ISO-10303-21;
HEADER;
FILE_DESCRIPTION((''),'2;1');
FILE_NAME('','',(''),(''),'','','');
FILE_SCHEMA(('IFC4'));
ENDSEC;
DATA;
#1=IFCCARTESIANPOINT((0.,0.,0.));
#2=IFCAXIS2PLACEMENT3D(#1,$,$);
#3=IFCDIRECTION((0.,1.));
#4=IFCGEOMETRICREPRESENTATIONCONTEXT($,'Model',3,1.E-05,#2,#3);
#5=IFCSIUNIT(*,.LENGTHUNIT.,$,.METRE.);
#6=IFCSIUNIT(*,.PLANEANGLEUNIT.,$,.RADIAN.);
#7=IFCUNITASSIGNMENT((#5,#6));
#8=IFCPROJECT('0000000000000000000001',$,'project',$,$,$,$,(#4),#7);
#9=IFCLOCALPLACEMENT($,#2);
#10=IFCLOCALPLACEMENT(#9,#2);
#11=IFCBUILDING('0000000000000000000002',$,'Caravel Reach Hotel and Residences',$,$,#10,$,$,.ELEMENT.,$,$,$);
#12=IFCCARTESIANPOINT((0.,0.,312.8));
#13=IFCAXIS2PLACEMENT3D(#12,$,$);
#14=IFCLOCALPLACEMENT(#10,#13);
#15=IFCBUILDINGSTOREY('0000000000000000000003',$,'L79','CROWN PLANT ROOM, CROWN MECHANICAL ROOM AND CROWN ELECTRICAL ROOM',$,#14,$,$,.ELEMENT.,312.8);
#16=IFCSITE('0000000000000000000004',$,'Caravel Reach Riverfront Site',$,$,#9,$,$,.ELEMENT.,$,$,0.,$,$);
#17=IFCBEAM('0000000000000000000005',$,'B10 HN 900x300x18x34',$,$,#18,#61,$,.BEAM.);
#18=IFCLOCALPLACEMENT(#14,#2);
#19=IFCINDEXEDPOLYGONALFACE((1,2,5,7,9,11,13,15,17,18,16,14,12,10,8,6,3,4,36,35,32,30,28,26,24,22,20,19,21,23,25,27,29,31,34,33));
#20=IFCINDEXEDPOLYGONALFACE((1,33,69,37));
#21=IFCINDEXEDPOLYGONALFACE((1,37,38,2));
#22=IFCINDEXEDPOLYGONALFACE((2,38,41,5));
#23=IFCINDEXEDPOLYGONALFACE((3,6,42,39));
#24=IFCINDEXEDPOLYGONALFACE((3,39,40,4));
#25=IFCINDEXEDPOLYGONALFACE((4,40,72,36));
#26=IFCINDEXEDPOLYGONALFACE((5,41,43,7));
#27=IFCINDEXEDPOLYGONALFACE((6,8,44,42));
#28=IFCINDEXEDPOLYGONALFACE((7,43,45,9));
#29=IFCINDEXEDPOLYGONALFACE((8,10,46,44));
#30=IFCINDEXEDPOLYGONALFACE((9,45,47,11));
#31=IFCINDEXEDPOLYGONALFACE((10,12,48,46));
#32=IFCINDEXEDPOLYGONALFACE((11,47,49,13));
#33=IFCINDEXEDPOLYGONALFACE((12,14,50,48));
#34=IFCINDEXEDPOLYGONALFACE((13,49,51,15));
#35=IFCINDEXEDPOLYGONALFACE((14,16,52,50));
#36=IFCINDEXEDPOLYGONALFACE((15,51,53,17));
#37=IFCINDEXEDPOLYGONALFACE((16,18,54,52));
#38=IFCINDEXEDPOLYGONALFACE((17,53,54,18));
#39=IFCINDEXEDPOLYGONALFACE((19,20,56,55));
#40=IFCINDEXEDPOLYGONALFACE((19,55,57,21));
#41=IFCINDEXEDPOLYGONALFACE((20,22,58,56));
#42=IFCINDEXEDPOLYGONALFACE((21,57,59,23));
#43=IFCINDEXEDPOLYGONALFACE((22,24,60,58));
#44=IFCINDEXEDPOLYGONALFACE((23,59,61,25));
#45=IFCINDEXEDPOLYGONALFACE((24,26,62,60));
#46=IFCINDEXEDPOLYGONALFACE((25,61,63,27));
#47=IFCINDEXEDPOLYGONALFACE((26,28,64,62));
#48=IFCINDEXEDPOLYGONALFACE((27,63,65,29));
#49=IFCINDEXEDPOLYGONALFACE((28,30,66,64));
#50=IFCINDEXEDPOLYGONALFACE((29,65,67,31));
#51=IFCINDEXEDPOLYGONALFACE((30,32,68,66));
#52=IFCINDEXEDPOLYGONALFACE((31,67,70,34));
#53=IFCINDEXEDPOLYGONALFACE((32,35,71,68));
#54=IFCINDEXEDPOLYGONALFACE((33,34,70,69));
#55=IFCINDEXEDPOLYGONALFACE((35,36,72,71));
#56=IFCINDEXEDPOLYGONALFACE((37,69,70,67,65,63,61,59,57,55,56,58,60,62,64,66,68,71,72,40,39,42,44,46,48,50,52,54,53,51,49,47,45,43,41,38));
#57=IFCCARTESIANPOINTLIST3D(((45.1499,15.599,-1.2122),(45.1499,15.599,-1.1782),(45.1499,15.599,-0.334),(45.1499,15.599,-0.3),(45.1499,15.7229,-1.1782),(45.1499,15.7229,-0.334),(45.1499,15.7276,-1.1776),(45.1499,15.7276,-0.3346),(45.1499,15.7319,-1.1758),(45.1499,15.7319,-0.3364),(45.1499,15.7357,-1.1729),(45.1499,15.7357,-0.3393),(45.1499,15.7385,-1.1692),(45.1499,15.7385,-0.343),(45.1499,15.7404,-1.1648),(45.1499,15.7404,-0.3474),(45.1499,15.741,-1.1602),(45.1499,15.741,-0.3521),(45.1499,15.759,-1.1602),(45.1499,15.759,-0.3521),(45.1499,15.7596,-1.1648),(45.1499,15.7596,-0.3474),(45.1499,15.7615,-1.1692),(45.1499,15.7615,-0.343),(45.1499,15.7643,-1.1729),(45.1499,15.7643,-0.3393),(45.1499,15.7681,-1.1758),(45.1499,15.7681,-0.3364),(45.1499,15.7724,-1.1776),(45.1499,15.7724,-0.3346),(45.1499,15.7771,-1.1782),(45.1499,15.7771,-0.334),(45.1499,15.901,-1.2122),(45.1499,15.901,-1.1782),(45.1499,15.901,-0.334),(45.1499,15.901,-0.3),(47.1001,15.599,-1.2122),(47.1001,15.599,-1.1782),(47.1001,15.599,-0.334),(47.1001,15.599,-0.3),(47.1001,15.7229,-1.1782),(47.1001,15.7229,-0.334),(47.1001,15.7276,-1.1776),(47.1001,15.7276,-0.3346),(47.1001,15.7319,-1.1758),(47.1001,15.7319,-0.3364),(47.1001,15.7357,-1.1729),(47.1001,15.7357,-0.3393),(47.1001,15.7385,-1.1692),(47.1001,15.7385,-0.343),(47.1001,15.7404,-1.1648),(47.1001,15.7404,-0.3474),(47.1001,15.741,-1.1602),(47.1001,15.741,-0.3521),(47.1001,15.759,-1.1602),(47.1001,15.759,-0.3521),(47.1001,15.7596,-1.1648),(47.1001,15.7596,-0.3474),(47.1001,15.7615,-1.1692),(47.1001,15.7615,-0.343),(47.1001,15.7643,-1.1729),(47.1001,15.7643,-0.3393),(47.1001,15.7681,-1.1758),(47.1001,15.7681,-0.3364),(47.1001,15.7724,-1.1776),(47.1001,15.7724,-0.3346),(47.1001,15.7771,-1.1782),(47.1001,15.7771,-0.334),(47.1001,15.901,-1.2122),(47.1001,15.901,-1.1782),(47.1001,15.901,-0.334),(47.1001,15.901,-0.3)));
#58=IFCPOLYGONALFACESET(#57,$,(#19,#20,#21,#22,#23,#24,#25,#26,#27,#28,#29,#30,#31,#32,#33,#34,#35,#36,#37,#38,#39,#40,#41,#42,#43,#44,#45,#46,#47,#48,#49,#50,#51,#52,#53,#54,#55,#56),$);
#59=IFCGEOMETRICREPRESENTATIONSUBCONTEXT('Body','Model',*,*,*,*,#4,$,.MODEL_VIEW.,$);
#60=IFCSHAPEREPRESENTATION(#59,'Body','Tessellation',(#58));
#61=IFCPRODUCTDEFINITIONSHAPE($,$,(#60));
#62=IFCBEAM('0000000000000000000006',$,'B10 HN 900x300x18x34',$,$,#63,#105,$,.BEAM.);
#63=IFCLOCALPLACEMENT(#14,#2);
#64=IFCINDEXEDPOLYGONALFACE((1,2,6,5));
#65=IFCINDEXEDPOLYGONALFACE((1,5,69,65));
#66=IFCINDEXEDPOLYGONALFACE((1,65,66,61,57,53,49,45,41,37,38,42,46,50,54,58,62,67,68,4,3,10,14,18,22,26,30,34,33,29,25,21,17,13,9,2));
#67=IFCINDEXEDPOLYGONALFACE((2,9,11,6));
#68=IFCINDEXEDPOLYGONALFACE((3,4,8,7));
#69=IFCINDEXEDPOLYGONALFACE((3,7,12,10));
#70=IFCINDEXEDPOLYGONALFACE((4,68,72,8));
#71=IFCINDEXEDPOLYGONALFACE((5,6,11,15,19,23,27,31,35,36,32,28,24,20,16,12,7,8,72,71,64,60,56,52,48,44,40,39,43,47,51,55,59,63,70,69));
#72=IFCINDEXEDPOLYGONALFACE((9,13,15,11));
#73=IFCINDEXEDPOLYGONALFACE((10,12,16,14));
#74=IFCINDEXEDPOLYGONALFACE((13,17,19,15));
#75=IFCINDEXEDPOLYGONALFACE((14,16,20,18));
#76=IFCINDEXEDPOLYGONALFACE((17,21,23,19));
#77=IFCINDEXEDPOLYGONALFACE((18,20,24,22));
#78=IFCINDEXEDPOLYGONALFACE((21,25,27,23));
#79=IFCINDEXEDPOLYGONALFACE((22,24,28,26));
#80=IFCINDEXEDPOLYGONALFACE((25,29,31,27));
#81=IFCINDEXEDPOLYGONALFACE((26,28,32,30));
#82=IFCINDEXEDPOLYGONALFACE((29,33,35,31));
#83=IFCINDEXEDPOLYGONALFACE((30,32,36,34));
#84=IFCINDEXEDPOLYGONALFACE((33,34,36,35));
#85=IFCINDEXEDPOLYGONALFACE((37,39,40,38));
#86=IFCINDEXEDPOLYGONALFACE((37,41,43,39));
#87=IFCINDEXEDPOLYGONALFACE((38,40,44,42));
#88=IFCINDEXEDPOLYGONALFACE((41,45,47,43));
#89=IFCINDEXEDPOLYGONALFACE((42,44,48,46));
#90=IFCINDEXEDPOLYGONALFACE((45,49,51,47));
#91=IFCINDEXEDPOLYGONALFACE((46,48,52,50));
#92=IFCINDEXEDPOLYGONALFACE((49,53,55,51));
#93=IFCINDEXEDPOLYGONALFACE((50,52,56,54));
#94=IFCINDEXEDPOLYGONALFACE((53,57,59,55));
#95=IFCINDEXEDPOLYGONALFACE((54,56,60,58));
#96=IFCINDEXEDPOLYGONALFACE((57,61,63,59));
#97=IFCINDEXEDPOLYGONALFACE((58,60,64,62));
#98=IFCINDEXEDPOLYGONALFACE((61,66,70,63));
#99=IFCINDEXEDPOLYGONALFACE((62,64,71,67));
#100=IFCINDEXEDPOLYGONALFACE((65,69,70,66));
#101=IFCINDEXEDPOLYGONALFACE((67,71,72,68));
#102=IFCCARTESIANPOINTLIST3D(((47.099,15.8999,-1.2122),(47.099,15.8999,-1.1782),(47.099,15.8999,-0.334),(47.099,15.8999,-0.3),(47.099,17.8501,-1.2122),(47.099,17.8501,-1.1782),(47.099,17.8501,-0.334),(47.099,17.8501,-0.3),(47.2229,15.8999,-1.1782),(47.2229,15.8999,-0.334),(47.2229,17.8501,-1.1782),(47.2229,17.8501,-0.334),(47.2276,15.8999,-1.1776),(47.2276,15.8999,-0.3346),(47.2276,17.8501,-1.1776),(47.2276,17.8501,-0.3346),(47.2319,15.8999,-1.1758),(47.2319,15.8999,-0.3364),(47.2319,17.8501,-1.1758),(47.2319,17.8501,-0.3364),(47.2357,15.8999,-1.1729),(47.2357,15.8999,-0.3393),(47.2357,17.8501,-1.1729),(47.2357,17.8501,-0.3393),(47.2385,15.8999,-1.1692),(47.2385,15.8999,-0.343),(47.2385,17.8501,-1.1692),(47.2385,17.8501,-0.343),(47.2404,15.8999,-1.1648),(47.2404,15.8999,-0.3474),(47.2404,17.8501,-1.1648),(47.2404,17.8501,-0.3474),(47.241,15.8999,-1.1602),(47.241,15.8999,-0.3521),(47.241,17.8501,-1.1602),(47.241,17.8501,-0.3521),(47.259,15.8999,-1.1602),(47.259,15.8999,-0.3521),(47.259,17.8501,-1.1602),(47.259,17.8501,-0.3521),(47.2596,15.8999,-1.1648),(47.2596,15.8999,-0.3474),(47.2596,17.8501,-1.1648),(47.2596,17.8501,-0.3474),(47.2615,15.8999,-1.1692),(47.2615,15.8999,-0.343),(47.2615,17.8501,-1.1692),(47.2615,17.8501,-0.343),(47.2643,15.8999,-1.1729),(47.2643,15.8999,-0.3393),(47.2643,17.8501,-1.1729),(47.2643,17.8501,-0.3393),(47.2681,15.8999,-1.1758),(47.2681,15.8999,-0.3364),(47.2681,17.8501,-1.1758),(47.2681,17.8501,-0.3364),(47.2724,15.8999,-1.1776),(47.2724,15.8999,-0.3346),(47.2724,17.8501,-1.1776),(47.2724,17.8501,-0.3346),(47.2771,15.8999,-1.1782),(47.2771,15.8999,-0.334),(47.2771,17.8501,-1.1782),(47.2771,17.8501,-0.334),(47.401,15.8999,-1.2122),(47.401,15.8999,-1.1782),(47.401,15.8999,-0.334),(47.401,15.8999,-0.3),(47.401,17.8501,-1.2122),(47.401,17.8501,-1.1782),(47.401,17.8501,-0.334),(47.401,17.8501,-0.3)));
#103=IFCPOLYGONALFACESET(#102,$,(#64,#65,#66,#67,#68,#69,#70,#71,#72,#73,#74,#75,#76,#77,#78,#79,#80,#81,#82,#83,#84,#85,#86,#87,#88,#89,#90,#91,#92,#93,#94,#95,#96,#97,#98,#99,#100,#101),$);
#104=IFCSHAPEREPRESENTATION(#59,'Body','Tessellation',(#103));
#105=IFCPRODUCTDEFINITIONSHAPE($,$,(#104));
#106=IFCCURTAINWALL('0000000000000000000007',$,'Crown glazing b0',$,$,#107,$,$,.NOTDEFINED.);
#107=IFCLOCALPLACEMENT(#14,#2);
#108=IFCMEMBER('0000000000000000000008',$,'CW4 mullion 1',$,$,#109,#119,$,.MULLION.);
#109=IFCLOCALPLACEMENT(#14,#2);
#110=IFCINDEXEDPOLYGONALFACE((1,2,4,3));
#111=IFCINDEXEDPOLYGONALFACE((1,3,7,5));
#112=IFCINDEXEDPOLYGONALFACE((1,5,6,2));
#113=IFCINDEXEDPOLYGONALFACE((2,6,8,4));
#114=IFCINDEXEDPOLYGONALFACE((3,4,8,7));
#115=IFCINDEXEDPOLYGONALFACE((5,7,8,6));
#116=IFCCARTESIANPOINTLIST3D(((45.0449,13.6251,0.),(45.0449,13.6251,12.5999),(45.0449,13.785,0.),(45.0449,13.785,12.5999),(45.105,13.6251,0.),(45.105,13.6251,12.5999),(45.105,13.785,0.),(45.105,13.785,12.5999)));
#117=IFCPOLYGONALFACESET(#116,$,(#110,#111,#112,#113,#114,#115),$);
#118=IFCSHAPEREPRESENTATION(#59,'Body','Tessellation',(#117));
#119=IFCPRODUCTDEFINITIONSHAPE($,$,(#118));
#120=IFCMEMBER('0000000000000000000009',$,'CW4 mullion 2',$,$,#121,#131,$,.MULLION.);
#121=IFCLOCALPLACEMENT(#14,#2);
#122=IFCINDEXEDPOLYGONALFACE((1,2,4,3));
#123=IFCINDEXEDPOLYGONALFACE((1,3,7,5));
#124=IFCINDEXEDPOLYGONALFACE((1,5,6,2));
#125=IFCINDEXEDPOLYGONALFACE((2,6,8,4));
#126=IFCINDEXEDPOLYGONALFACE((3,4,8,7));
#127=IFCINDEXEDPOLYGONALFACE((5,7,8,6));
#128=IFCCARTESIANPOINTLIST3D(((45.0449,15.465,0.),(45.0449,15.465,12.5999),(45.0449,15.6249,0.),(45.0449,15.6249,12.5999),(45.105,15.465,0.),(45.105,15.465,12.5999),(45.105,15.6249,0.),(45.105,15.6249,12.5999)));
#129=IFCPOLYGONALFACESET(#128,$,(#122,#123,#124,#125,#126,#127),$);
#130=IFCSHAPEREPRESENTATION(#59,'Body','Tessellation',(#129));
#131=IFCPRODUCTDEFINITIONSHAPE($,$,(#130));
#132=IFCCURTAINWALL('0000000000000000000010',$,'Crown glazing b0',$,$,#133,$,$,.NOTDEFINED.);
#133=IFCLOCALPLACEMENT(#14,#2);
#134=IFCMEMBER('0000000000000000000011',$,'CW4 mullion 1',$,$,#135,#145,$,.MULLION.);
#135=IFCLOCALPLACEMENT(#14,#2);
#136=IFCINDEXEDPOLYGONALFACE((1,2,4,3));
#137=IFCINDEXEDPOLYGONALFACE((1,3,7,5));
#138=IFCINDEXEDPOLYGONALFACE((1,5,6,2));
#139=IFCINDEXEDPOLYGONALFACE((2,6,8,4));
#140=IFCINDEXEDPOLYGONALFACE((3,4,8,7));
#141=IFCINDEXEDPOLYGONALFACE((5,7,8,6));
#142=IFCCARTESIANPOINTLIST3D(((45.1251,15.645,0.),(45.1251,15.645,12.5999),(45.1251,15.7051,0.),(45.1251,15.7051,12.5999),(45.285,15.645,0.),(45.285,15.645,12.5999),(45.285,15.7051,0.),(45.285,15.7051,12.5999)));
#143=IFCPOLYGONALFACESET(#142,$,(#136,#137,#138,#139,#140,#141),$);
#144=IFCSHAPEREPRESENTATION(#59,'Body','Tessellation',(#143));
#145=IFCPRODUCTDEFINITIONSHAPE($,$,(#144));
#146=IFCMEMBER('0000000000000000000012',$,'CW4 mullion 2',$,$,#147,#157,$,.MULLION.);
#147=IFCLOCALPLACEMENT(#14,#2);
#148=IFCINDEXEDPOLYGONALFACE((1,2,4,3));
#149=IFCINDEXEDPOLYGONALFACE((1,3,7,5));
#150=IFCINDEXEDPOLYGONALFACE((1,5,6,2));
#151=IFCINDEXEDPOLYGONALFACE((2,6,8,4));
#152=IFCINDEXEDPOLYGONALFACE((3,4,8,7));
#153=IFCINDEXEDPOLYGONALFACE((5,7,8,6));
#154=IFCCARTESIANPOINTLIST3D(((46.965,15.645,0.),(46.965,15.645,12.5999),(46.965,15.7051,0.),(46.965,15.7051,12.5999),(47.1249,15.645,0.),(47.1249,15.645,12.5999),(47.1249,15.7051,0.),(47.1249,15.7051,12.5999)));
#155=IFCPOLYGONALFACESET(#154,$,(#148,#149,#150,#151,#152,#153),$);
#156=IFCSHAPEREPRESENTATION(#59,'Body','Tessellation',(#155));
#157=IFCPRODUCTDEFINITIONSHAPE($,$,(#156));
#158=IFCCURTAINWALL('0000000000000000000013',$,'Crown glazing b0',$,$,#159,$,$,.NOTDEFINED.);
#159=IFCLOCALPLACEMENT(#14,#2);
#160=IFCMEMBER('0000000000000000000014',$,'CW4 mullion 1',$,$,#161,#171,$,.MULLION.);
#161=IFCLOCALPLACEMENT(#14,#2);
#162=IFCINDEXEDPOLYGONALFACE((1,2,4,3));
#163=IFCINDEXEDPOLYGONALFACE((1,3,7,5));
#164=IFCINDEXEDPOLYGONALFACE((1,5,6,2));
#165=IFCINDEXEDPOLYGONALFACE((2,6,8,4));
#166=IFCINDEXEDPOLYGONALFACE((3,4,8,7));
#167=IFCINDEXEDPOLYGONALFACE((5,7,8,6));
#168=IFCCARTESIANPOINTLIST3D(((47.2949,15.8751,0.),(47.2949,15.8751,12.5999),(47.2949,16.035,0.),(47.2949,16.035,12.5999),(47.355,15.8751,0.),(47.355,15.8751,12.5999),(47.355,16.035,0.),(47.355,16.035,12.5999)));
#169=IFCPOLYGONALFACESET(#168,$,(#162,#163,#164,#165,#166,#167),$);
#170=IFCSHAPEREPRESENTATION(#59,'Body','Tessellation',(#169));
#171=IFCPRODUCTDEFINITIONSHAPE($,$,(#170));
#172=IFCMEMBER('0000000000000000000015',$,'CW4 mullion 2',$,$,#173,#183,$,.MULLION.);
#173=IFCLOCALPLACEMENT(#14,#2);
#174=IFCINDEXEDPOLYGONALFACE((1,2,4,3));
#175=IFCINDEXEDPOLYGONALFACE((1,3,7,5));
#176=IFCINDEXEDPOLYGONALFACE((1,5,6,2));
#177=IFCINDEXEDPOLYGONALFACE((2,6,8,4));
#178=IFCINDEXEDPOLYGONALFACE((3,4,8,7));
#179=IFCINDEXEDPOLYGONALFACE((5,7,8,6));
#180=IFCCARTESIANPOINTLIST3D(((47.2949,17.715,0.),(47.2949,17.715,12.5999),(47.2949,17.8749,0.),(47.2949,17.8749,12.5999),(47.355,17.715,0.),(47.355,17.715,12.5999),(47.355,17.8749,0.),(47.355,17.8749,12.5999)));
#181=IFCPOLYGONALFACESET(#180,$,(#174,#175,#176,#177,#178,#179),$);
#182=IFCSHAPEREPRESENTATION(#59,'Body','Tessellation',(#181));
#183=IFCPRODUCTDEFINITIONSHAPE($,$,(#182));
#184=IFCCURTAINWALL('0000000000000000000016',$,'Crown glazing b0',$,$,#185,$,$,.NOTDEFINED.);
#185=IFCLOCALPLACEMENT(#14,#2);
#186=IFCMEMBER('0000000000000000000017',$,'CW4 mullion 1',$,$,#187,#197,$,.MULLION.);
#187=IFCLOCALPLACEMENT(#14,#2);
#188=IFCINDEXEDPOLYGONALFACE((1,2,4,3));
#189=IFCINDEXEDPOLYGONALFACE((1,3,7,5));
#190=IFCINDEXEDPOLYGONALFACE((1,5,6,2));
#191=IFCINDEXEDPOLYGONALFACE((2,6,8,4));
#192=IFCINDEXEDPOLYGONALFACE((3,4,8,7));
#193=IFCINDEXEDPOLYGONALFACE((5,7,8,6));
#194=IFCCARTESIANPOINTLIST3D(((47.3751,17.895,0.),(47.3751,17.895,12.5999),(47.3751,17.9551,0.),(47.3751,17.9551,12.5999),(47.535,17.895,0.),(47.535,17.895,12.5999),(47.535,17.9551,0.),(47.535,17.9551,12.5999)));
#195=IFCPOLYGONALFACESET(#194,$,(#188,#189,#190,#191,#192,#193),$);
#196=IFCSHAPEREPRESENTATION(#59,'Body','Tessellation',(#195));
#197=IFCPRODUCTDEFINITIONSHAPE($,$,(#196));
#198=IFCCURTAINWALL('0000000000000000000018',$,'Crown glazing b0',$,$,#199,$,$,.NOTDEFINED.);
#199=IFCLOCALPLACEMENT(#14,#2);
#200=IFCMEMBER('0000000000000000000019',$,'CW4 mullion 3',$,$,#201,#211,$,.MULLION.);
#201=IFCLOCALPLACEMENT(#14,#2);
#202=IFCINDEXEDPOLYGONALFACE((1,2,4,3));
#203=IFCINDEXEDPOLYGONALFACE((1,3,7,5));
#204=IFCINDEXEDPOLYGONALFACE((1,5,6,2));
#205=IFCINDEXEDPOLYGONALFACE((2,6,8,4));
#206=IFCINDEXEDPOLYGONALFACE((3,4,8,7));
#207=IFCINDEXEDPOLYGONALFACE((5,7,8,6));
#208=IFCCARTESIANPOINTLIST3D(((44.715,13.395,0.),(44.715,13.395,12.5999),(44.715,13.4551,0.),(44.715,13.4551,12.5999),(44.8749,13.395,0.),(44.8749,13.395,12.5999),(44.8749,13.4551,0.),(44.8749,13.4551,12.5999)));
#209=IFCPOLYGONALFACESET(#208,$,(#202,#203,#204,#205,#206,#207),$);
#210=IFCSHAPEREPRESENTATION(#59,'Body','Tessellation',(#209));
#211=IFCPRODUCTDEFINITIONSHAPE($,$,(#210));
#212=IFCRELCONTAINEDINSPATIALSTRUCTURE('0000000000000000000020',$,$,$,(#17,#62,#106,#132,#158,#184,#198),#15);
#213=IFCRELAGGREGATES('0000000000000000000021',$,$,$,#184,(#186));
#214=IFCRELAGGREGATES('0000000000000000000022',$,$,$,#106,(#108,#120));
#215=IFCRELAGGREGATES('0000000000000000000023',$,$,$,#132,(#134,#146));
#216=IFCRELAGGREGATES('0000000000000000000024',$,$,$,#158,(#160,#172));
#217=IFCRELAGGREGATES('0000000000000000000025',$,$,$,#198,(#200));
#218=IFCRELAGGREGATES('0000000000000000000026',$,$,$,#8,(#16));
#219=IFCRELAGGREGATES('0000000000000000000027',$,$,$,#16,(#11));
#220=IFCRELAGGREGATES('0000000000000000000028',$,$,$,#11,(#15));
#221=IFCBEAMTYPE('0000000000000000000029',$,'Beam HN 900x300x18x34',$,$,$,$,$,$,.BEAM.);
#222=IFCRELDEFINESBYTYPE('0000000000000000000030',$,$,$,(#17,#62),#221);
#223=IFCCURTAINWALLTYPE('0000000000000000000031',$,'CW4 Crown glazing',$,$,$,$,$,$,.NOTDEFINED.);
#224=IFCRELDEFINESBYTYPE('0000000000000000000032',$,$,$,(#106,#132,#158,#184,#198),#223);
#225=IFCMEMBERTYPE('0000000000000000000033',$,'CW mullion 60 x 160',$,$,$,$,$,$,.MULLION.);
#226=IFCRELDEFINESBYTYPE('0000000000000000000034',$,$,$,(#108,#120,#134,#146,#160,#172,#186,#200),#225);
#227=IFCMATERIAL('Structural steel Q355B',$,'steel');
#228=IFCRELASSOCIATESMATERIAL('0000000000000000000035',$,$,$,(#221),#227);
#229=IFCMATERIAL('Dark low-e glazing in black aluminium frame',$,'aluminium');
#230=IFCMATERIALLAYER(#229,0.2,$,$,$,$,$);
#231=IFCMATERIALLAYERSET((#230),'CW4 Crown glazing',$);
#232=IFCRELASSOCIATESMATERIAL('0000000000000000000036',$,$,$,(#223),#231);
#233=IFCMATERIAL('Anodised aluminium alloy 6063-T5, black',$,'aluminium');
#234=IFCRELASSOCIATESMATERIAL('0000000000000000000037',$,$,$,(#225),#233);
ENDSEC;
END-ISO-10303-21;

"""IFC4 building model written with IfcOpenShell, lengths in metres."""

from ifc_helpers import new_model, si_unit, direction, frame, origin, origin_2d, place, context, subcontext, project, spatial, rectangle, i_section, extrude, material, layer, layer_set, material_profile, profile_set, type_object, element, aggregate, save


model = new_model("IFC4")

# Units and contexts
model_context = context("Model", 3, precision=1e-05, world=origin(), true_north=direction((0.0, 1.0)))
body_context = subcontext(model_context, "Body", "Model", "MODEL_VIEW")
ifc_project = project(units=[si_unit("LENGTHUNIT", "METRE"), si_unit("PLANEANGLEUNIT", "RADIAN")], contexts=[model_context])

# Site, building, storey
site_placement = place(None, origin())
site = spatial("IfcSite", under=ifc_project, at=site_placement, Name="Caravel Reach Riverfront Site", CompositionType="ELEMENT", RefElevation=0.0)
building_placement = place(site_placement, origin())
building = spatial("IfcBuilding", under=site, at=building_placement, Name="Caravel Reach Hotel and Residences", CompositionType="ELEMENT")
storey_placement = place(building_placement, frame((0.0, 0.0, 312.8)))
storey = spatial("IfcBuildingStorey", under=building, at=storey_placement, Name="L79", Description="CROWN PLANT ROOM, CROWN MECHANICAL ROOM AND CROWN ELECTRICAL ROOM", CompositionType="ELEMENT", Elevation=312.8)

# Beams
ifc_material_1 = material(Name="Structural steel Q355B", Category="steel")
ifc_material_profile_1 = material_profile(ifc_material_1, i_section(OverallWidth=0.302, OverallDepth=0.9121, WebThickness=0.0181, FlangeThickness=0.0339, FilletRadius=0.0181, at=origin_2d()), Name="HN 900x300x18x34")
ifc_profile_set_1 = profile_set([ifc_material_profile_1], Name="Structural steel Q355B")
beam_type = type_object("IfcBeamType", Name="Beam HN 900x300x18x34", PredefinedType="BEAM", material=ifc_profile_set_1)
for number, where, z_axis, x_axis, name in (
    (1, (45.1499, 15.75, -0.7561), (1.0, 0.0, 0.0), (0.0, 1.0, 0.0), "B10 HN 900x300x18x34"),
    (2, (47.25, 15.8999, -0.7561), (0.0, 1.0, 0.0), (-1.0, 0.0, 0.0), "B10 HN 900x300x18x34"),
):
    element("IfcBeam", number, at=place(storey_placement, frame(where, z_axis=z_axis, x_axis=x_axis)), inside=storey, type_object=beam_type, Name=name, PredefinedType="BEAM", context=body_context, shape_type="SweptSolid", body=[
        extrude(i_section(OverallWidth=0.302, OverallDepth=0.9121, WebThickness=0.0181, FlangeThickness=0.0339, FilletRadius=0.0181, at=origin_2d()), origin(), (0.0, 0.0, 1.0), 1.9502),
    ])

# Curtain walls, members
ifc_material_2 = material(Name="Dark low-e glazing in black aluminium frame", Category="aluminium")
ifc_layer_1 = layer(ifc_material_2, 0.2)
ifc_layer_set_1 = layer_set([ifc_layer_1], Name="CW4 Crown glazing")
curtain_wall_type = type_object("IfcCurtainWallType", Name="CW4 Crown glazing", PredefinedType="NOTDEFINED", material=ifc_layer_set_1)
curtain_wall_1_placement = place(storey_placement, origin())
curtain_wall_1 = element("IfcCurtainWall", 3, at=curtain_wall_1_placement, inside=storey, type_object=curtain_wall_type, Name="Crown glazing b0", PredefinedType="NOTDEFINED")
ifc_material_3 = material(Name="Anodised aluminium alloy 6063-T5, black", Category="aluminium")
ifc_material_profile_2 = material_profile(ifc_material_3, rectangle(XDim=0.0601, YDim=0.1599, at=origin_2d()), Name="CW mullion 60 x 160")
ifc_profile_set_2 = profile_set([ifc_material_profile_2], Name="Anodised aluminium alloy 6063-T5, black")
member_type_1 = type_object("IfcMemberType", Name="CW mullion 60 x 160", PredefinedType="MULLION", material=ifc_profile_set_2)
member_1_placement = place(storey_placement, frame((45.075, 13.7051, 0.0), z_axis=(0.0, 0.0, 1.0), x_axis=(-1.0, 0.0, 0.0)))
member_1 = element("IfcMember", 4, at=member_1_placement, type_object=member_type_1, Name="CW4 mullion 1", PredefinedType="MULLION", context=body_context, shape_type="SweptSolid", body=[
    extrude(rectangle(XDim=0.0601, YDim=0.1599, at=origin_2d()), origin(), (0.0, 0.0, 1.0), 12.5999),
])
member_2_placement = place(storey_placement, frame((45.075, 15.5449, 0.0), z_axis=(0.0, 0.0, 1.0), x_axis=(-1.0, 0.0, 0.0)))
member_2 = element("IfcMember", 5, at=member_2_placement, type_object=member_type_1, Name="CW4 mullion 2", PredefinedType="MULLION", context=body_context, shape_type="SweptSolid", body=[
    extrude(rectangle(XDim=0.0601, YDim=0.1599, at=origin_2d()), origin(), (0.0, 0.0, 1.0), 12.5999),
])
curtain_wall_2_placement = place(storey_placement, origin())
curtain_wall_2 = element("IfcCurtainWall", 6, at=curtain_wall_2_placement, inside=storey, type_object=curtain_wall_type, Name="Crown glazing b0", PredefinedType="NOTDEFINED")
member_3_placement = place(storey_placement, frame((45.2051, 15.675, 0.0), z_axis=(0.0, 0.0, 1.0), x_axis=(0.0, 1.0, 0.0)))
member_3 = element("IfcMember", 7, at=member_3_placement, type_object=member_type_1, Name="CW4 mullion 1", PredefinedType="MULLION", context=body_context, shape_type="SweptSolid", body=[
    extrude(rectangle(XDim=0.0601, YDim=0.1599, at=origin_2d()), origin(), (0.0, 0.0, 1.0), 12.5999),
])
member_4_placement = place(storey_placement, frame((47.0449, 15.675, 0.0), z_axis=(0.0, 0.0, 1.0), x_axis=(0.0, 1.0, 0.0)))
member_4 = element("IfcMember", 8, at=member_4_placement, type_object=member_type_1, Name="CW4 mullion 2", PredefinedType="MULLION", context=body_context, shape_type="SweptSolid", body=[
    extrude(rectangle(XDim=0.0601, YDim=0.1599, at=origin_2d()), origin(), (0.0, 0.0, 1.0), 12.5999),
])
curtain_wall_3_placement = place(storey_placement, origin())
curtain_wall_3 = element("IfcCurtainWall", 9, at=curtain_wall_3_placement, inside=storey, type_object=curtain_wall_type, Name="Crown glazing b0", PredefinedType="NOTDEFINED")
member_5_placement = place(storey_placement, frame((47.325, 15.9551, 0.0), z_axis=(0.0, 0.0, 1.0), x_axis=(-1.0, 0.0, 0.0)))
member_5 = element("IfcMember", 10, at=member_5_placement, type_object=member_type_1, Name="CW4 mullion 1", PredefinedType="MULLION", context=body_context, shape_type="SweptSolid", body=[
    extrude(rectangle(XDim=0.0601, YDim=0.1599, at=origin_2d()), origin(), (0.0, 0.0, 1.0), 12.5999),
])
member_6_placement = place(storey_placement, frame((47.325, 17.7949, 0.0), z_axis=(0.0, 0.0, 1.0), x_axis=(-1.0, 0.0, 0.0)))
member_6 = element("IfcMember", 11, at=member_6_placement, type_object=member_type_1, Name="CW4 mullion 2", PredefinedType="MULLION", context=body_context, shape_type="SweptSolid", body=[
    extrude(rectangle(XDim=0.0601, YDim=0.1599, at=origin_2d()), origin(), (0.0, 0.0, 1.0), 12.5999),
])

# Curtain walls, members
curtain_wall_4_placement = place(storey_placement, origin())
curtain_wall_4 = element("IfcCurtainWall", 12, at=curtain_wall_4_placement, inside=storey, type_object=curtain_wall_type, Name="Crown glazing b0", PredefinedType="NOTDEFINED")
member_7_placement = place(storey_placement, frame((47.4551, 17.925, 0.0), z_axis=(0.0, 0.0, 1.0), x_axis=(0.0, 1.0, 0.0)))
member_7 = element("IfcMember", 13, at=member_7_placement, type_object=member_type_1, Name="CW4 mullion 1", PredefinedType="MULLION", context=body_context, shape_type="SweptSolid", body=[
    extrude(rectangle(XDim=0.0601, YDim=0.1599, at=origin_2d()), origin(), (0.0, 0.0, 1.0), 12.5999),
])
aggregate(curtain_wall_4, [member_7])
curtain_wall_5_placement = place(storey_placement, origin())
curtain_wall_5 = element("IfcCurtainWall", 14, at=curtain_wall_5_placement, inside=storey, type_object=curtain_wall_type, Name="Crown glazing b0", PredefinedType="NOTDEFINED")
member_8_placement = place(storey_placement, frame((44.7949, 13.425, 0.0), z_axis=(0.0, 0.0, 1.0), x_axis=(0.0, 1.0, 0.0)))
member_8 = element("IfcMember", 15, at=member_8_placement, type_object=member_type_1, Name="CW4 mullion 3", PredefinedType="MULLION", context=body_context, shape_type="SweptSolid", body=[
    extrude(rectangle(XDim=0.0601, YDim=0.1599, at=origin_2d()), origin(), (0.0, 0.0, 1.0), 12.5999),
])

aggregate(curtain_wall_1, [member_1, member_2])
aggregate(curtain_wall_2, [member_3, member_4])
aggregate(curtain_wall_3, [member_5, member_6])
aggregate(curtain_wall_5, [member_8])

save(model, "model.ifc")
